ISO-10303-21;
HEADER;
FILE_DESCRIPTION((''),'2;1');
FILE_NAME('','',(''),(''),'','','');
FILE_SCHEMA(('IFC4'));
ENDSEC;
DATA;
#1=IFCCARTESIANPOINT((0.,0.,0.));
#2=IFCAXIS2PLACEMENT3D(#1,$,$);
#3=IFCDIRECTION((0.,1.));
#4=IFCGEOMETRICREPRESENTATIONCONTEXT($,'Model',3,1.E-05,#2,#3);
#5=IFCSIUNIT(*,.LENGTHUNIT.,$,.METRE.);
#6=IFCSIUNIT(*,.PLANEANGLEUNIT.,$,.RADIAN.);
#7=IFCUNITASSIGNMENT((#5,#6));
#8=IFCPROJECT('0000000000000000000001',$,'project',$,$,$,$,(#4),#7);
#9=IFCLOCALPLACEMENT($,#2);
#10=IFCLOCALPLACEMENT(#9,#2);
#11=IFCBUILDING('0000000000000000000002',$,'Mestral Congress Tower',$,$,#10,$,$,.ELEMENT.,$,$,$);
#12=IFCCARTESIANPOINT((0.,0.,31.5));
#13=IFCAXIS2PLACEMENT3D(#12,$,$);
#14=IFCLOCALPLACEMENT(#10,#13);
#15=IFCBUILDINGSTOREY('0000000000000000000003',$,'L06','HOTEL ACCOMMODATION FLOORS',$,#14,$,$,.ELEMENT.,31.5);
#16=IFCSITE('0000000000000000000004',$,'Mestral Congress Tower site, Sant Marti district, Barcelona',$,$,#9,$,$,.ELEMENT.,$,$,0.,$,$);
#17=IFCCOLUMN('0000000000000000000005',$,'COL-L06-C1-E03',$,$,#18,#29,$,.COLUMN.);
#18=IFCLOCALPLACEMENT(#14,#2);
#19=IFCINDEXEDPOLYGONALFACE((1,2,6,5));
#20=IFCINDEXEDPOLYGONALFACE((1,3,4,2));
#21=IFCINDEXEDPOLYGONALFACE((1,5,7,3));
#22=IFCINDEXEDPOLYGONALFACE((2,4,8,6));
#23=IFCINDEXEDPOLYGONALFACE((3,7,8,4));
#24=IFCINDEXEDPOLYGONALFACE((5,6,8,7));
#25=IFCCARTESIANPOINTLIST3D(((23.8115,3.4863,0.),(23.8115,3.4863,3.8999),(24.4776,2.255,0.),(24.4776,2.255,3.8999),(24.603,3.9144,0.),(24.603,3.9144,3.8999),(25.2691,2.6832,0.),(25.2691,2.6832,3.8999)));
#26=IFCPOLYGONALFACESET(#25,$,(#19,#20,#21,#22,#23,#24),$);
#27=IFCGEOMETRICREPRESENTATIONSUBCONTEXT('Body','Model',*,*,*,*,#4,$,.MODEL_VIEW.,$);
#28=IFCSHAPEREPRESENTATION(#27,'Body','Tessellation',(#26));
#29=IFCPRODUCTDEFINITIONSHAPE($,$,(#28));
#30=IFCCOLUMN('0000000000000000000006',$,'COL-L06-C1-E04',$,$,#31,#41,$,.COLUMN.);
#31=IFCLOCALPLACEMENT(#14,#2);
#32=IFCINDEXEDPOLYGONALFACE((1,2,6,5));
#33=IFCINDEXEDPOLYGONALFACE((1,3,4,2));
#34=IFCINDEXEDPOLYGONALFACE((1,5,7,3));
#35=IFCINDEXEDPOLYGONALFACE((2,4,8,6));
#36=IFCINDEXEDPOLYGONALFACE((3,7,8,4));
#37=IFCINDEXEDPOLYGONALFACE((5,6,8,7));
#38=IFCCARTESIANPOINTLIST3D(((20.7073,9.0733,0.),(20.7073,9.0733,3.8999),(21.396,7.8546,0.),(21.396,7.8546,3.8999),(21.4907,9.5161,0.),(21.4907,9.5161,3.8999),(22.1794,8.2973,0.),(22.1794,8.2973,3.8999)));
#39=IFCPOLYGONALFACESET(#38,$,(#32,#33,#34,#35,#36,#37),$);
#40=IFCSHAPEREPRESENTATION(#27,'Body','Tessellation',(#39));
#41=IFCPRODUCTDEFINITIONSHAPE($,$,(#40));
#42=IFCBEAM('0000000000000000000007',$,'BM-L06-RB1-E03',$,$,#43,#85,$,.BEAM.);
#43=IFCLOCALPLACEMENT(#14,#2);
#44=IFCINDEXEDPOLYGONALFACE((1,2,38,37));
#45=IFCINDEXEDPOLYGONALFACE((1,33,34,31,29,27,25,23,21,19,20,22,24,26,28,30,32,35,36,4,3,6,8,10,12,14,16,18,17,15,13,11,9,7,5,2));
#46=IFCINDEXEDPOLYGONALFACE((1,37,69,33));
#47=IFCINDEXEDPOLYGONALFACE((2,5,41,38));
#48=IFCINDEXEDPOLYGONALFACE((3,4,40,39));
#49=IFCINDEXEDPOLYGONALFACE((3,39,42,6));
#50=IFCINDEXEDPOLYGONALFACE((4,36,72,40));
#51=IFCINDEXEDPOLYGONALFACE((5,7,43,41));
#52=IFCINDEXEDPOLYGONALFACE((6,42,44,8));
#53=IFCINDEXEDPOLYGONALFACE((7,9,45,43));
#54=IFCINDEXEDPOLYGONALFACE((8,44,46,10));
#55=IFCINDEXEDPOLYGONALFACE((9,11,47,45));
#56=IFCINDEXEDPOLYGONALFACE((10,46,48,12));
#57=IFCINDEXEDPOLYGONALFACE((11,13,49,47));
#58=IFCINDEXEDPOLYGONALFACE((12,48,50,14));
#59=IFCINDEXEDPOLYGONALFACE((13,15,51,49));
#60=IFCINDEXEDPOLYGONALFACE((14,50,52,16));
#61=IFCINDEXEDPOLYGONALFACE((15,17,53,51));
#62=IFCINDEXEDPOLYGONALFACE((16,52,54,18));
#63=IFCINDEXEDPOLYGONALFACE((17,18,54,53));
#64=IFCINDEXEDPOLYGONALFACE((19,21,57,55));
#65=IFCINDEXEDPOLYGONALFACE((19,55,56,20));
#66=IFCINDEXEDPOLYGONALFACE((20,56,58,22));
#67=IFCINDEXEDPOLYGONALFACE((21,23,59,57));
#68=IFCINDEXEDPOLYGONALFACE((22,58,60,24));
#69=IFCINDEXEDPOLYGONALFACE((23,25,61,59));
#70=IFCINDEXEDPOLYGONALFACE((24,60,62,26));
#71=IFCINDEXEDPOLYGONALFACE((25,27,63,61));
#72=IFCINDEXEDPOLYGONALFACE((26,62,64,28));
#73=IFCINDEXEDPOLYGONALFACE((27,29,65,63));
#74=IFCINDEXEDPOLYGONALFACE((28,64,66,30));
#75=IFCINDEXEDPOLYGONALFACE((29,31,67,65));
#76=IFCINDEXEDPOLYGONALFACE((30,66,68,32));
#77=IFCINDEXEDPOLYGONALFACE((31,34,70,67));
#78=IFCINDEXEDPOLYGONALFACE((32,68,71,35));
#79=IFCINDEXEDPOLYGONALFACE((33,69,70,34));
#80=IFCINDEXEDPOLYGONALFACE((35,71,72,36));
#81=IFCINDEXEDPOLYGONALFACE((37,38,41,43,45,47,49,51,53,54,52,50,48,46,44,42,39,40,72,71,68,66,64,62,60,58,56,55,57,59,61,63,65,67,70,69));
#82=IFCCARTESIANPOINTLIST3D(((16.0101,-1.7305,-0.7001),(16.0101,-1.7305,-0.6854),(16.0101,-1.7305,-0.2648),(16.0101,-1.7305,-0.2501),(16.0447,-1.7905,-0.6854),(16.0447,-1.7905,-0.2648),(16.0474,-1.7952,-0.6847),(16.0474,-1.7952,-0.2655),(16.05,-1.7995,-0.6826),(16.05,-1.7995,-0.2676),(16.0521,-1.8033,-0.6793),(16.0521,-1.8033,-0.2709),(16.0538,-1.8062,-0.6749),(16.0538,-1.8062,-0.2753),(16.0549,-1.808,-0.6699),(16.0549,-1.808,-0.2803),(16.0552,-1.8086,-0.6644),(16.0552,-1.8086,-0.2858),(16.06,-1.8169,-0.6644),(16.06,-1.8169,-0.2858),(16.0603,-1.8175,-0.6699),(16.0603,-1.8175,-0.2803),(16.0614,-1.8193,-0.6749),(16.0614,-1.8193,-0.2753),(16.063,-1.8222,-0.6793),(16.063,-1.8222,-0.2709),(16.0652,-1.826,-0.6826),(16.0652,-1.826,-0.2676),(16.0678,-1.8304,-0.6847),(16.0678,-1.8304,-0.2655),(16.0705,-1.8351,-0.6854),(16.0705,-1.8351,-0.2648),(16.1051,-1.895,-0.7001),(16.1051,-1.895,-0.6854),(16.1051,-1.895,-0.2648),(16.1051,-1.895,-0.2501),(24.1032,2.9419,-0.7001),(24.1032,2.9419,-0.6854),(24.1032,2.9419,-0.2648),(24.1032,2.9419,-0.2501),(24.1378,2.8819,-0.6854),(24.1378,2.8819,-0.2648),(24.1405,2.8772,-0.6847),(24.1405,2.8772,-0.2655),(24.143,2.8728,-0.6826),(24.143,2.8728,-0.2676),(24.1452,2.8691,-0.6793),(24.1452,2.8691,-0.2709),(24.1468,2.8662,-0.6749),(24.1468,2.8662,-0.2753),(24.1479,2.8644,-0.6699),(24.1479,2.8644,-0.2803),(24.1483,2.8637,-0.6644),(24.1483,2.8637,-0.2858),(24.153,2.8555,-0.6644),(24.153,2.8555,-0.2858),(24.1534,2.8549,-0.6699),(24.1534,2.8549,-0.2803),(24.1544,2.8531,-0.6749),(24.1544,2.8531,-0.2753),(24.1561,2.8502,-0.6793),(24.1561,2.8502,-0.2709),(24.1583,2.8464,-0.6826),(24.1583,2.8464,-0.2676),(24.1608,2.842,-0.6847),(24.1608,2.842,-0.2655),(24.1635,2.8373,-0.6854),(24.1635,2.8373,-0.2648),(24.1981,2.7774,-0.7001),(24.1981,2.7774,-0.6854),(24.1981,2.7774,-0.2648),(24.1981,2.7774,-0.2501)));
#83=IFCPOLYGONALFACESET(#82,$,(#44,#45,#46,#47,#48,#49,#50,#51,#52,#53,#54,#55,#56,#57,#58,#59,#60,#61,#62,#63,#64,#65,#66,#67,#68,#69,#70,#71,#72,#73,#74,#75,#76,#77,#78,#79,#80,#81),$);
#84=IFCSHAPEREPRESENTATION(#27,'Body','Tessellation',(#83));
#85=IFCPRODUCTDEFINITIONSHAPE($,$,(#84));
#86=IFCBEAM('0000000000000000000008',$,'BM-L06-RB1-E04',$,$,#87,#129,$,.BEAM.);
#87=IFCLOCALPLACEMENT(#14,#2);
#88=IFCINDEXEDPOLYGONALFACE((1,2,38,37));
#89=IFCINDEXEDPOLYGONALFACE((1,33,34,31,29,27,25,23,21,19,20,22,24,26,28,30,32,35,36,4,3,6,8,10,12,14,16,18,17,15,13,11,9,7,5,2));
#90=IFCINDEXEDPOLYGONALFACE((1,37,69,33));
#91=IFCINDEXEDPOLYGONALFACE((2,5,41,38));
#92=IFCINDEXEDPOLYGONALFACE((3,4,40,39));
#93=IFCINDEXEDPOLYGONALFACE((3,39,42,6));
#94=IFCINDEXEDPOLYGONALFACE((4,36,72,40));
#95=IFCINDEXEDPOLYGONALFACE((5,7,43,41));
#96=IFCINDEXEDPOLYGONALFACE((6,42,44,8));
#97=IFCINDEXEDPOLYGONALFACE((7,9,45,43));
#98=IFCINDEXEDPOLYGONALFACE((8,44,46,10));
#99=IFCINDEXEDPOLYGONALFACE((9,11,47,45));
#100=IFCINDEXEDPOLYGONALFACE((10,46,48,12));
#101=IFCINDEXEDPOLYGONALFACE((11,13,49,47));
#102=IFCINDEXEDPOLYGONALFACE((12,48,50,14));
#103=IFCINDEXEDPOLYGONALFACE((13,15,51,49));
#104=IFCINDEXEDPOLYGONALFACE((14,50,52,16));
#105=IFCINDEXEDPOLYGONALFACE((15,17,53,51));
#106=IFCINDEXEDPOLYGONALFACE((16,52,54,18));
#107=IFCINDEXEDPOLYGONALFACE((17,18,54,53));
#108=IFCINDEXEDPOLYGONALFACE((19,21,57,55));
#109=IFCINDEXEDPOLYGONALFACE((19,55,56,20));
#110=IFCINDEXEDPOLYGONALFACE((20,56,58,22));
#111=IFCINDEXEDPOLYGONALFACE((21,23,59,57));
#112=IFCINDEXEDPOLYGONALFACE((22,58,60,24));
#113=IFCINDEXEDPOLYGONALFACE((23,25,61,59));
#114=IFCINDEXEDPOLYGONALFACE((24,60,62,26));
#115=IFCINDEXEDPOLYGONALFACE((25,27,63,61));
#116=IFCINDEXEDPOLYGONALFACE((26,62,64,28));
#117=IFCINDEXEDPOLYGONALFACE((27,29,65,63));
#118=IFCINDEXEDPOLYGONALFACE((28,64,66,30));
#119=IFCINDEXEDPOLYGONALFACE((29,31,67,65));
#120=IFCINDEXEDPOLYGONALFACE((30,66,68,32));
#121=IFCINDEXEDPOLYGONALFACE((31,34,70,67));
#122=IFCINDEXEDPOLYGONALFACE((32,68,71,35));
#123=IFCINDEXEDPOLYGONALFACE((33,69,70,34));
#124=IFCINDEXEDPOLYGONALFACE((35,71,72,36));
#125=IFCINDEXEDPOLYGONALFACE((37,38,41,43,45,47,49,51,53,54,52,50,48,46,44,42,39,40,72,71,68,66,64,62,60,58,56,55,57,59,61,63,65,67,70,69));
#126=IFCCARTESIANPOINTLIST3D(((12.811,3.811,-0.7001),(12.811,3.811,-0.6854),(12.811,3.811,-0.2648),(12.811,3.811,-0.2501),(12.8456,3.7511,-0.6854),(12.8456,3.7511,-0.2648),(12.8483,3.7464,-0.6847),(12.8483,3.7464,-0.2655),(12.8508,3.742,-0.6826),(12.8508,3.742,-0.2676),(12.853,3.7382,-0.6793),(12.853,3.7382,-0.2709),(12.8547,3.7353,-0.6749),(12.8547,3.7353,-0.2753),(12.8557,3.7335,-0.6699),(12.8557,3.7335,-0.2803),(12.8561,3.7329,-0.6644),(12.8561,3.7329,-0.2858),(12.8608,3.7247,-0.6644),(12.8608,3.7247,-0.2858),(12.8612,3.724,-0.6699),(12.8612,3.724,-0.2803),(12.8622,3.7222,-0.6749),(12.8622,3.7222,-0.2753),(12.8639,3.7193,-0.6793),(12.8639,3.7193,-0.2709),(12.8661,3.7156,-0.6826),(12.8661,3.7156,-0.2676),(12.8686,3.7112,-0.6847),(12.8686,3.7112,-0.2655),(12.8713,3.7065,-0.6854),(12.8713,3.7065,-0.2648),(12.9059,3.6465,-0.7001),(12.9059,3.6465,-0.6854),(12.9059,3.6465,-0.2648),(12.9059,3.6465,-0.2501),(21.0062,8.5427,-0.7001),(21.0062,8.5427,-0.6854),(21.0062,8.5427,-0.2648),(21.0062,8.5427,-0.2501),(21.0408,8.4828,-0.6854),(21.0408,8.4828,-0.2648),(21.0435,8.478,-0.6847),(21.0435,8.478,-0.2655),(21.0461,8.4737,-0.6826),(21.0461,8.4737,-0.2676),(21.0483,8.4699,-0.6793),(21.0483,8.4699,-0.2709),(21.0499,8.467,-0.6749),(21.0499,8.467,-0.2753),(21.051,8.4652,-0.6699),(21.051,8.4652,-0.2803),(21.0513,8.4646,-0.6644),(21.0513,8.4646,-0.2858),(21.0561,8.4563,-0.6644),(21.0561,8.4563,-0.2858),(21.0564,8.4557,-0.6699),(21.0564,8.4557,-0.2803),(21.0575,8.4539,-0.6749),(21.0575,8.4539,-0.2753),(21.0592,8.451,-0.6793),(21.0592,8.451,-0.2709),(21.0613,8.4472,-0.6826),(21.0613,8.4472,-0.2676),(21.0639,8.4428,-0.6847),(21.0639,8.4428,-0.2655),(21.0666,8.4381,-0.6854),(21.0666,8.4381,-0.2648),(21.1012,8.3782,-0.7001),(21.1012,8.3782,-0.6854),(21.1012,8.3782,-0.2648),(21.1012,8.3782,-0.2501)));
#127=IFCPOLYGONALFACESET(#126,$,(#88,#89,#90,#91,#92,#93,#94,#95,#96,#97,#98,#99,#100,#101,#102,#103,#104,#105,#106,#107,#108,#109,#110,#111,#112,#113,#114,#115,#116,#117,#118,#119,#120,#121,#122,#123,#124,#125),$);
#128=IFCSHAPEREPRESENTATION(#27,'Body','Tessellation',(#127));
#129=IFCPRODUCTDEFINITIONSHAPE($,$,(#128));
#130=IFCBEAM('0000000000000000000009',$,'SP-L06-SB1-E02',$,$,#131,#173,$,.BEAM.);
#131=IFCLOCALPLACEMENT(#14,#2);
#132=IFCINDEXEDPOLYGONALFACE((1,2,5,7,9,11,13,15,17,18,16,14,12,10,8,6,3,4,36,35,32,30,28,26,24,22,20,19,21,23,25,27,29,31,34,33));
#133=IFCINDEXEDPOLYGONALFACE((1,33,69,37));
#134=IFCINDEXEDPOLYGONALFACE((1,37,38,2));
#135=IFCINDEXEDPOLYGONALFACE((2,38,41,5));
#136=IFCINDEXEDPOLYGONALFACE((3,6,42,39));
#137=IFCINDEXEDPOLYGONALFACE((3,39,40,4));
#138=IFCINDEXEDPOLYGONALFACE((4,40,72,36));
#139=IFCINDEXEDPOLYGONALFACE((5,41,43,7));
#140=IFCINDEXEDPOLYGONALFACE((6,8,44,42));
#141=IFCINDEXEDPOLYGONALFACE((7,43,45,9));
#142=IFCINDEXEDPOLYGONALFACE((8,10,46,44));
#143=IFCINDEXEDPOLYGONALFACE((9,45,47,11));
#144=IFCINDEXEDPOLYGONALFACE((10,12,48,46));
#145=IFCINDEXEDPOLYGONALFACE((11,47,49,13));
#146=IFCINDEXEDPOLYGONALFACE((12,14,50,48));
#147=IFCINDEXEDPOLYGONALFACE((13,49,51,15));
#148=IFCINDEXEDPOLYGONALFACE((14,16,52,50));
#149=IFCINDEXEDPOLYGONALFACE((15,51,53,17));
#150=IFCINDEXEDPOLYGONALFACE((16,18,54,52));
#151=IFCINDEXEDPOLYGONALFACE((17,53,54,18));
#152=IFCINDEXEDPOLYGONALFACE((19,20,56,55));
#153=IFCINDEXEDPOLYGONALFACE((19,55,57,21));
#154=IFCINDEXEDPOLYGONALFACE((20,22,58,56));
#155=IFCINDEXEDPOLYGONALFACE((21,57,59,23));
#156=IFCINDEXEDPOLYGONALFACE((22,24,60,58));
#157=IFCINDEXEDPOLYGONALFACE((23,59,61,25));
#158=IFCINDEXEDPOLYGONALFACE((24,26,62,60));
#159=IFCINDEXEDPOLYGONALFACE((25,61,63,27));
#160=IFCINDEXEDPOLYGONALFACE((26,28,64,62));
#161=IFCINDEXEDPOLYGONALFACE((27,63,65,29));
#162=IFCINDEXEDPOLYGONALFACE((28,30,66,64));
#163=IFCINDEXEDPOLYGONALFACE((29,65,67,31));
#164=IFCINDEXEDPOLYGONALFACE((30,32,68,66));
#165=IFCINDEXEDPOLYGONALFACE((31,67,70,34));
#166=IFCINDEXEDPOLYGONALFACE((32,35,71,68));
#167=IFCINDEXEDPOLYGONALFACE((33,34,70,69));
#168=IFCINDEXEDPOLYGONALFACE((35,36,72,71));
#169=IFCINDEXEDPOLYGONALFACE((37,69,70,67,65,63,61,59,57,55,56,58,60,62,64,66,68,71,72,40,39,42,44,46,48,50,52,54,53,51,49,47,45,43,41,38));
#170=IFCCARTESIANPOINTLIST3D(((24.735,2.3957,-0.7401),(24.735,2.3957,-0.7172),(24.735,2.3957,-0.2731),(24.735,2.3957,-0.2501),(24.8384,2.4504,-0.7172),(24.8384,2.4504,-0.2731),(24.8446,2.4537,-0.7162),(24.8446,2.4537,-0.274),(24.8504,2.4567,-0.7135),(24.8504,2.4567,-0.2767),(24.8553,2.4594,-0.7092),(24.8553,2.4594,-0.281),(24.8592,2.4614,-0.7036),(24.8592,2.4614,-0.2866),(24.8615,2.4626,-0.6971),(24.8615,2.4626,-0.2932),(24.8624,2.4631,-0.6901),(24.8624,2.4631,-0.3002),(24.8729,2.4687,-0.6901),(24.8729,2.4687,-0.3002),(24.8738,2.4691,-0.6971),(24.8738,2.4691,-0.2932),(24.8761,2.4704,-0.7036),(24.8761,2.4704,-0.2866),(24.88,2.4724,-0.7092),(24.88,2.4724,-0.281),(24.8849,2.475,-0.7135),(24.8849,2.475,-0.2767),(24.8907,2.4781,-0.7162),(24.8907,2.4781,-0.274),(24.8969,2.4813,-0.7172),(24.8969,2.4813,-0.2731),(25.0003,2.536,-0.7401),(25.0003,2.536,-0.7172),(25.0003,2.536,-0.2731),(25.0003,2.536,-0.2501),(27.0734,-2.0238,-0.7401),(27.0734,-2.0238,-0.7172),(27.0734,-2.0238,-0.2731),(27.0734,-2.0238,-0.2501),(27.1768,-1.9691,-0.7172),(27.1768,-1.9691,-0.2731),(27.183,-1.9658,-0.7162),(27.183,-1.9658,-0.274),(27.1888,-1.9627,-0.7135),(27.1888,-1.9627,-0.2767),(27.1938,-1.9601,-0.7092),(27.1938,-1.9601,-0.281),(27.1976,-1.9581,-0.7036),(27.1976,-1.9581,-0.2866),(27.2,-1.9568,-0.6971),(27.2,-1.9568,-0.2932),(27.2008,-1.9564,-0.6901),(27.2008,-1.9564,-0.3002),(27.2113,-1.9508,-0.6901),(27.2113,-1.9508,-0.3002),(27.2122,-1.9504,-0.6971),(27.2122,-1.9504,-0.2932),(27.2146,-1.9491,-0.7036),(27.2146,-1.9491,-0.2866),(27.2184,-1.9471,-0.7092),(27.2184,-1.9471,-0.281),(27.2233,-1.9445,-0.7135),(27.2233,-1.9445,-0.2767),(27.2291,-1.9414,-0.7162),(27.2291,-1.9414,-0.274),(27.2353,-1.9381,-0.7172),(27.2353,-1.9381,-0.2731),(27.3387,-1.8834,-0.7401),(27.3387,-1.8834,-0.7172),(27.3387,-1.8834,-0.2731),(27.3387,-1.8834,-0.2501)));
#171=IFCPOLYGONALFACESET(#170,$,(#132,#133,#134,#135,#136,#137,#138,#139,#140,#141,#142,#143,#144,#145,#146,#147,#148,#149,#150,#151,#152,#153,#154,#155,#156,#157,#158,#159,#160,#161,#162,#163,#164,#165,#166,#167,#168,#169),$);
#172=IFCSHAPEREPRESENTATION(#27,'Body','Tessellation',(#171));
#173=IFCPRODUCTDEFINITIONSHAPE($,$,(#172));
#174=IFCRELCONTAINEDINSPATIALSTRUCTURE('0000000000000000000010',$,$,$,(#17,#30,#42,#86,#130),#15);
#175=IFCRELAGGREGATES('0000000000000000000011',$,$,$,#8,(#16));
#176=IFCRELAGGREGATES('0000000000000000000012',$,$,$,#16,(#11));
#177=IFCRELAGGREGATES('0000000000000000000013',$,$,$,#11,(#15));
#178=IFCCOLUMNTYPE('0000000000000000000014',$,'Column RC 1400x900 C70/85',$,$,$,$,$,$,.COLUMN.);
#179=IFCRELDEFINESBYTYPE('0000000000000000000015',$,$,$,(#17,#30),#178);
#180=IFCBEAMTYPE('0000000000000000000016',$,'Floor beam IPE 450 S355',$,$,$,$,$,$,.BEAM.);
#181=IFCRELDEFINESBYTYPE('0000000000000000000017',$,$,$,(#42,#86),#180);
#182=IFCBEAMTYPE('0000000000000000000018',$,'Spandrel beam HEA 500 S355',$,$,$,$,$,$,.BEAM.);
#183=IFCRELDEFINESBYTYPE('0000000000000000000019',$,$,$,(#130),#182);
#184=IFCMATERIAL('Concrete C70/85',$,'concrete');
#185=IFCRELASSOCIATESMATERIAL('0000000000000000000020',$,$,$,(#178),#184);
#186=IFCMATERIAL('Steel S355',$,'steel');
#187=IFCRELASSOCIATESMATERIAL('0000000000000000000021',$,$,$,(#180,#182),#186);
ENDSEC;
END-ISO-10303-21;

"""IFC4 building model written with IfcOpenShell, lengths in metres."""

from ifc_helpers import new_model, si_unit, direction, frame, origin, origin_2d, place, context, subcontext, project, spatial, rectangle, i_section, extrude, material, material_profile, profile_set, type_object, element, save


model = new_model("IFC4")

# Units and contexts
model_context = context("Model", 3, precision=1e-05, world=origin(), true_north=direction((0.0, 1.0)))
body_context = subcontext(model_context, "Body", "Model", "MODEL_VIEW")
ifc_project = project(units=[si_unit("LENGTHUNIT", "METRE"), si_unit("PLANEANGLEUNIT", "RADIAN")], contexts=[model_context])

# Site, building, storey
site_placement = place(None, origin())
site = spatial("IfcSite", under=ifc_project, at=site_placement, Name="Mestral Congress Tower site, Sant Marti district, Barcelona", CompositionType="ELEMENT", RefElevation=0.0)
building_placement = place(site_placement, origin())
building = spatial("IfcBuilding", under=site, at=building_placement, Name="Mestral Congress Tower", CompositionType="ELEMENT")
storey_placement = place(building_placement, frame((0.0, 0.0, 31.5)))
storey = spatial("IfcBuildingStorey", under=building, at=storey_placement, Name="L06", Description="HOTEL ACCOMMODATION FLOORS", CompositionType="ELEMENT", Elevation=31.5)

# Columns
ifc_material_1 = material(Name="Concrete C70/85", Category="concrete")
ifc_material_profile_1 = material_profile(ifc_material_1, rectangle(XDim=1.3999, YDim=0.8999, at=origin_2d()), Name="RC 1400x900")
ifc_profile_set_1 = profile_set([ifc_material_profile_1], Name="Concrete C70/85")
column_type = type_object("IfcColumnType", Name="Column RC 1400x900 C70/85", PredefinedType="COLUMN", material=ifc_profile_set_1)
for number, where, z_axis, x_axis, name in (
    (1, (24.5403, 3.0847, 0.0), (0.0, 0.0, 1.0), (-0.475796, 0.879556, 0.0), "COL-L06-C1-E03"),
    (2, (21.4434, 8.6853, 0.0), (0.0, 0.0, 1.0), (-0.491974, 0.87061, 0.0), "COL-L06-C1-E04"),
):
    element("IfcColumn", number, at=place(storey_placement, frame(where, z_axis=z_axis, x_axis=x_axis)), inside=storey, type_object=column_type, Name=name, PredefinedType="COLUMN", context=body_context, shape_type="SweptSolid", body=[
        extrude(rectangle(XDim=1.3999, YDim=0.8999, at=origin_2d()), origin(), (0.0, 0.0, 1.0), 3.8999),
    ])

# Beams
ifc_material_2 = material(Name="Steel S355", Category="steel")
ifc_material_profile_2 = material_profile(ifc_material_2, i_section(OverallWidth=0.1899, OverallDepth=0.45, WebThickness=0.0095, FlangeThickness=0.0146, FilletRadius=0.021, at=origin_2d()), Name="IPE 450")
ifc_profile_set_2 = profile_set([ifc_material_profile_2], Name="Steel S355")
beam_type_1 = type_object("IfcBeamType", Name="Floor beam IPE 450 S355", PredefinedType="BEAM", material=ifc_profile_set_2)
beam_1_placement = place(storey_placement, frame((24.1506, 2.8596, -0.4751), z_axis=(-0.866032, -0.499989, 0.0), x_axis=(0.499989, -0.866032, 0.0)))
element("IfcBeam", 3, at=beam_1_placement, inside=storey, type_object=beam_type_1, Name="BM-L06-RB1-E03", PredefinedType="BEAM", context=body_context, shape_type="SweptSolid", body=[
    extrude(i_section(OverallWidth=0.1899, OverallDepth=0.45, WebThickness=0.0095, FlangeThickness=0.0146, FilletRadius=0.021, at=origin_2d()), origin(), (0.0, 0.0, 1.0), 9.345),
])
beam_2_placement = place(storey_placement, frame((21.0537, 8.4604, -0.4751), z_axis=(-0.86602, -0.50001, 0.0), x_axis=(0.50001, -0.86602, 0.0)))
element("IfcBeam", 4, at=beam_2_placement, inside=storey, type_object=beam_type_1, Name="BM-L06-RB1-E04", PredefinedType="BEAM", context=body_context, shape_type="SweptSolid", body=[
    extrude(i_section(OverallWidth=0.1899, OverallDepth=0.45, WebThickness=0.0095, FlangeThickness=0.0146, FilletRadius=0.021, at=origin_2d()), origin(), (0.0, 0.0, 1.0), 9.4631),
])
ifc_material_profile_3 = material_profile(ifc_material_2, i_section(OverallWidth=0.3, OverallDepth=0.49, WebThickness=0.012, FlangeThickness=0.0229, FilletRadius=0.0271, at=origin_2d()), Name="HEA 500")
ifc_profile_set_3 = profile_set([ifc_material_profile_3], Name="Steel S355")
beam_type_2 = type_object("IfcBeamType", Name="Spandrel beam HEA 500 S355", PredefinedType="BEAM", material=ifc_profile_set_3)
beam_3_placement = place(storey_placement, frame((27.2061, -1.9536, -0.4951), z_axis=(-0.467681, 0.883897, 0.0), x_axis=(-0.883897, -0.467681, 0.0)))
element("IfcBeam", 5, at=beam_3_placement, inside=storey, type_object=beam_type_2, Name="SP-L06-SB1-E02", PredefinedType="BEAM", context=body_context, shape_type="SweptSolid", body=[
    extrude(i_section(OverallWidth=0.3, OverallDepth=0.49, WebThickness=0.012, FlangeThickness=0.0229, FilletRadius=0.0271, at=origin_2d()), origin(), (0.0, 0.0, 1.0), 5.0),
])

save(model, "model.ifc")
